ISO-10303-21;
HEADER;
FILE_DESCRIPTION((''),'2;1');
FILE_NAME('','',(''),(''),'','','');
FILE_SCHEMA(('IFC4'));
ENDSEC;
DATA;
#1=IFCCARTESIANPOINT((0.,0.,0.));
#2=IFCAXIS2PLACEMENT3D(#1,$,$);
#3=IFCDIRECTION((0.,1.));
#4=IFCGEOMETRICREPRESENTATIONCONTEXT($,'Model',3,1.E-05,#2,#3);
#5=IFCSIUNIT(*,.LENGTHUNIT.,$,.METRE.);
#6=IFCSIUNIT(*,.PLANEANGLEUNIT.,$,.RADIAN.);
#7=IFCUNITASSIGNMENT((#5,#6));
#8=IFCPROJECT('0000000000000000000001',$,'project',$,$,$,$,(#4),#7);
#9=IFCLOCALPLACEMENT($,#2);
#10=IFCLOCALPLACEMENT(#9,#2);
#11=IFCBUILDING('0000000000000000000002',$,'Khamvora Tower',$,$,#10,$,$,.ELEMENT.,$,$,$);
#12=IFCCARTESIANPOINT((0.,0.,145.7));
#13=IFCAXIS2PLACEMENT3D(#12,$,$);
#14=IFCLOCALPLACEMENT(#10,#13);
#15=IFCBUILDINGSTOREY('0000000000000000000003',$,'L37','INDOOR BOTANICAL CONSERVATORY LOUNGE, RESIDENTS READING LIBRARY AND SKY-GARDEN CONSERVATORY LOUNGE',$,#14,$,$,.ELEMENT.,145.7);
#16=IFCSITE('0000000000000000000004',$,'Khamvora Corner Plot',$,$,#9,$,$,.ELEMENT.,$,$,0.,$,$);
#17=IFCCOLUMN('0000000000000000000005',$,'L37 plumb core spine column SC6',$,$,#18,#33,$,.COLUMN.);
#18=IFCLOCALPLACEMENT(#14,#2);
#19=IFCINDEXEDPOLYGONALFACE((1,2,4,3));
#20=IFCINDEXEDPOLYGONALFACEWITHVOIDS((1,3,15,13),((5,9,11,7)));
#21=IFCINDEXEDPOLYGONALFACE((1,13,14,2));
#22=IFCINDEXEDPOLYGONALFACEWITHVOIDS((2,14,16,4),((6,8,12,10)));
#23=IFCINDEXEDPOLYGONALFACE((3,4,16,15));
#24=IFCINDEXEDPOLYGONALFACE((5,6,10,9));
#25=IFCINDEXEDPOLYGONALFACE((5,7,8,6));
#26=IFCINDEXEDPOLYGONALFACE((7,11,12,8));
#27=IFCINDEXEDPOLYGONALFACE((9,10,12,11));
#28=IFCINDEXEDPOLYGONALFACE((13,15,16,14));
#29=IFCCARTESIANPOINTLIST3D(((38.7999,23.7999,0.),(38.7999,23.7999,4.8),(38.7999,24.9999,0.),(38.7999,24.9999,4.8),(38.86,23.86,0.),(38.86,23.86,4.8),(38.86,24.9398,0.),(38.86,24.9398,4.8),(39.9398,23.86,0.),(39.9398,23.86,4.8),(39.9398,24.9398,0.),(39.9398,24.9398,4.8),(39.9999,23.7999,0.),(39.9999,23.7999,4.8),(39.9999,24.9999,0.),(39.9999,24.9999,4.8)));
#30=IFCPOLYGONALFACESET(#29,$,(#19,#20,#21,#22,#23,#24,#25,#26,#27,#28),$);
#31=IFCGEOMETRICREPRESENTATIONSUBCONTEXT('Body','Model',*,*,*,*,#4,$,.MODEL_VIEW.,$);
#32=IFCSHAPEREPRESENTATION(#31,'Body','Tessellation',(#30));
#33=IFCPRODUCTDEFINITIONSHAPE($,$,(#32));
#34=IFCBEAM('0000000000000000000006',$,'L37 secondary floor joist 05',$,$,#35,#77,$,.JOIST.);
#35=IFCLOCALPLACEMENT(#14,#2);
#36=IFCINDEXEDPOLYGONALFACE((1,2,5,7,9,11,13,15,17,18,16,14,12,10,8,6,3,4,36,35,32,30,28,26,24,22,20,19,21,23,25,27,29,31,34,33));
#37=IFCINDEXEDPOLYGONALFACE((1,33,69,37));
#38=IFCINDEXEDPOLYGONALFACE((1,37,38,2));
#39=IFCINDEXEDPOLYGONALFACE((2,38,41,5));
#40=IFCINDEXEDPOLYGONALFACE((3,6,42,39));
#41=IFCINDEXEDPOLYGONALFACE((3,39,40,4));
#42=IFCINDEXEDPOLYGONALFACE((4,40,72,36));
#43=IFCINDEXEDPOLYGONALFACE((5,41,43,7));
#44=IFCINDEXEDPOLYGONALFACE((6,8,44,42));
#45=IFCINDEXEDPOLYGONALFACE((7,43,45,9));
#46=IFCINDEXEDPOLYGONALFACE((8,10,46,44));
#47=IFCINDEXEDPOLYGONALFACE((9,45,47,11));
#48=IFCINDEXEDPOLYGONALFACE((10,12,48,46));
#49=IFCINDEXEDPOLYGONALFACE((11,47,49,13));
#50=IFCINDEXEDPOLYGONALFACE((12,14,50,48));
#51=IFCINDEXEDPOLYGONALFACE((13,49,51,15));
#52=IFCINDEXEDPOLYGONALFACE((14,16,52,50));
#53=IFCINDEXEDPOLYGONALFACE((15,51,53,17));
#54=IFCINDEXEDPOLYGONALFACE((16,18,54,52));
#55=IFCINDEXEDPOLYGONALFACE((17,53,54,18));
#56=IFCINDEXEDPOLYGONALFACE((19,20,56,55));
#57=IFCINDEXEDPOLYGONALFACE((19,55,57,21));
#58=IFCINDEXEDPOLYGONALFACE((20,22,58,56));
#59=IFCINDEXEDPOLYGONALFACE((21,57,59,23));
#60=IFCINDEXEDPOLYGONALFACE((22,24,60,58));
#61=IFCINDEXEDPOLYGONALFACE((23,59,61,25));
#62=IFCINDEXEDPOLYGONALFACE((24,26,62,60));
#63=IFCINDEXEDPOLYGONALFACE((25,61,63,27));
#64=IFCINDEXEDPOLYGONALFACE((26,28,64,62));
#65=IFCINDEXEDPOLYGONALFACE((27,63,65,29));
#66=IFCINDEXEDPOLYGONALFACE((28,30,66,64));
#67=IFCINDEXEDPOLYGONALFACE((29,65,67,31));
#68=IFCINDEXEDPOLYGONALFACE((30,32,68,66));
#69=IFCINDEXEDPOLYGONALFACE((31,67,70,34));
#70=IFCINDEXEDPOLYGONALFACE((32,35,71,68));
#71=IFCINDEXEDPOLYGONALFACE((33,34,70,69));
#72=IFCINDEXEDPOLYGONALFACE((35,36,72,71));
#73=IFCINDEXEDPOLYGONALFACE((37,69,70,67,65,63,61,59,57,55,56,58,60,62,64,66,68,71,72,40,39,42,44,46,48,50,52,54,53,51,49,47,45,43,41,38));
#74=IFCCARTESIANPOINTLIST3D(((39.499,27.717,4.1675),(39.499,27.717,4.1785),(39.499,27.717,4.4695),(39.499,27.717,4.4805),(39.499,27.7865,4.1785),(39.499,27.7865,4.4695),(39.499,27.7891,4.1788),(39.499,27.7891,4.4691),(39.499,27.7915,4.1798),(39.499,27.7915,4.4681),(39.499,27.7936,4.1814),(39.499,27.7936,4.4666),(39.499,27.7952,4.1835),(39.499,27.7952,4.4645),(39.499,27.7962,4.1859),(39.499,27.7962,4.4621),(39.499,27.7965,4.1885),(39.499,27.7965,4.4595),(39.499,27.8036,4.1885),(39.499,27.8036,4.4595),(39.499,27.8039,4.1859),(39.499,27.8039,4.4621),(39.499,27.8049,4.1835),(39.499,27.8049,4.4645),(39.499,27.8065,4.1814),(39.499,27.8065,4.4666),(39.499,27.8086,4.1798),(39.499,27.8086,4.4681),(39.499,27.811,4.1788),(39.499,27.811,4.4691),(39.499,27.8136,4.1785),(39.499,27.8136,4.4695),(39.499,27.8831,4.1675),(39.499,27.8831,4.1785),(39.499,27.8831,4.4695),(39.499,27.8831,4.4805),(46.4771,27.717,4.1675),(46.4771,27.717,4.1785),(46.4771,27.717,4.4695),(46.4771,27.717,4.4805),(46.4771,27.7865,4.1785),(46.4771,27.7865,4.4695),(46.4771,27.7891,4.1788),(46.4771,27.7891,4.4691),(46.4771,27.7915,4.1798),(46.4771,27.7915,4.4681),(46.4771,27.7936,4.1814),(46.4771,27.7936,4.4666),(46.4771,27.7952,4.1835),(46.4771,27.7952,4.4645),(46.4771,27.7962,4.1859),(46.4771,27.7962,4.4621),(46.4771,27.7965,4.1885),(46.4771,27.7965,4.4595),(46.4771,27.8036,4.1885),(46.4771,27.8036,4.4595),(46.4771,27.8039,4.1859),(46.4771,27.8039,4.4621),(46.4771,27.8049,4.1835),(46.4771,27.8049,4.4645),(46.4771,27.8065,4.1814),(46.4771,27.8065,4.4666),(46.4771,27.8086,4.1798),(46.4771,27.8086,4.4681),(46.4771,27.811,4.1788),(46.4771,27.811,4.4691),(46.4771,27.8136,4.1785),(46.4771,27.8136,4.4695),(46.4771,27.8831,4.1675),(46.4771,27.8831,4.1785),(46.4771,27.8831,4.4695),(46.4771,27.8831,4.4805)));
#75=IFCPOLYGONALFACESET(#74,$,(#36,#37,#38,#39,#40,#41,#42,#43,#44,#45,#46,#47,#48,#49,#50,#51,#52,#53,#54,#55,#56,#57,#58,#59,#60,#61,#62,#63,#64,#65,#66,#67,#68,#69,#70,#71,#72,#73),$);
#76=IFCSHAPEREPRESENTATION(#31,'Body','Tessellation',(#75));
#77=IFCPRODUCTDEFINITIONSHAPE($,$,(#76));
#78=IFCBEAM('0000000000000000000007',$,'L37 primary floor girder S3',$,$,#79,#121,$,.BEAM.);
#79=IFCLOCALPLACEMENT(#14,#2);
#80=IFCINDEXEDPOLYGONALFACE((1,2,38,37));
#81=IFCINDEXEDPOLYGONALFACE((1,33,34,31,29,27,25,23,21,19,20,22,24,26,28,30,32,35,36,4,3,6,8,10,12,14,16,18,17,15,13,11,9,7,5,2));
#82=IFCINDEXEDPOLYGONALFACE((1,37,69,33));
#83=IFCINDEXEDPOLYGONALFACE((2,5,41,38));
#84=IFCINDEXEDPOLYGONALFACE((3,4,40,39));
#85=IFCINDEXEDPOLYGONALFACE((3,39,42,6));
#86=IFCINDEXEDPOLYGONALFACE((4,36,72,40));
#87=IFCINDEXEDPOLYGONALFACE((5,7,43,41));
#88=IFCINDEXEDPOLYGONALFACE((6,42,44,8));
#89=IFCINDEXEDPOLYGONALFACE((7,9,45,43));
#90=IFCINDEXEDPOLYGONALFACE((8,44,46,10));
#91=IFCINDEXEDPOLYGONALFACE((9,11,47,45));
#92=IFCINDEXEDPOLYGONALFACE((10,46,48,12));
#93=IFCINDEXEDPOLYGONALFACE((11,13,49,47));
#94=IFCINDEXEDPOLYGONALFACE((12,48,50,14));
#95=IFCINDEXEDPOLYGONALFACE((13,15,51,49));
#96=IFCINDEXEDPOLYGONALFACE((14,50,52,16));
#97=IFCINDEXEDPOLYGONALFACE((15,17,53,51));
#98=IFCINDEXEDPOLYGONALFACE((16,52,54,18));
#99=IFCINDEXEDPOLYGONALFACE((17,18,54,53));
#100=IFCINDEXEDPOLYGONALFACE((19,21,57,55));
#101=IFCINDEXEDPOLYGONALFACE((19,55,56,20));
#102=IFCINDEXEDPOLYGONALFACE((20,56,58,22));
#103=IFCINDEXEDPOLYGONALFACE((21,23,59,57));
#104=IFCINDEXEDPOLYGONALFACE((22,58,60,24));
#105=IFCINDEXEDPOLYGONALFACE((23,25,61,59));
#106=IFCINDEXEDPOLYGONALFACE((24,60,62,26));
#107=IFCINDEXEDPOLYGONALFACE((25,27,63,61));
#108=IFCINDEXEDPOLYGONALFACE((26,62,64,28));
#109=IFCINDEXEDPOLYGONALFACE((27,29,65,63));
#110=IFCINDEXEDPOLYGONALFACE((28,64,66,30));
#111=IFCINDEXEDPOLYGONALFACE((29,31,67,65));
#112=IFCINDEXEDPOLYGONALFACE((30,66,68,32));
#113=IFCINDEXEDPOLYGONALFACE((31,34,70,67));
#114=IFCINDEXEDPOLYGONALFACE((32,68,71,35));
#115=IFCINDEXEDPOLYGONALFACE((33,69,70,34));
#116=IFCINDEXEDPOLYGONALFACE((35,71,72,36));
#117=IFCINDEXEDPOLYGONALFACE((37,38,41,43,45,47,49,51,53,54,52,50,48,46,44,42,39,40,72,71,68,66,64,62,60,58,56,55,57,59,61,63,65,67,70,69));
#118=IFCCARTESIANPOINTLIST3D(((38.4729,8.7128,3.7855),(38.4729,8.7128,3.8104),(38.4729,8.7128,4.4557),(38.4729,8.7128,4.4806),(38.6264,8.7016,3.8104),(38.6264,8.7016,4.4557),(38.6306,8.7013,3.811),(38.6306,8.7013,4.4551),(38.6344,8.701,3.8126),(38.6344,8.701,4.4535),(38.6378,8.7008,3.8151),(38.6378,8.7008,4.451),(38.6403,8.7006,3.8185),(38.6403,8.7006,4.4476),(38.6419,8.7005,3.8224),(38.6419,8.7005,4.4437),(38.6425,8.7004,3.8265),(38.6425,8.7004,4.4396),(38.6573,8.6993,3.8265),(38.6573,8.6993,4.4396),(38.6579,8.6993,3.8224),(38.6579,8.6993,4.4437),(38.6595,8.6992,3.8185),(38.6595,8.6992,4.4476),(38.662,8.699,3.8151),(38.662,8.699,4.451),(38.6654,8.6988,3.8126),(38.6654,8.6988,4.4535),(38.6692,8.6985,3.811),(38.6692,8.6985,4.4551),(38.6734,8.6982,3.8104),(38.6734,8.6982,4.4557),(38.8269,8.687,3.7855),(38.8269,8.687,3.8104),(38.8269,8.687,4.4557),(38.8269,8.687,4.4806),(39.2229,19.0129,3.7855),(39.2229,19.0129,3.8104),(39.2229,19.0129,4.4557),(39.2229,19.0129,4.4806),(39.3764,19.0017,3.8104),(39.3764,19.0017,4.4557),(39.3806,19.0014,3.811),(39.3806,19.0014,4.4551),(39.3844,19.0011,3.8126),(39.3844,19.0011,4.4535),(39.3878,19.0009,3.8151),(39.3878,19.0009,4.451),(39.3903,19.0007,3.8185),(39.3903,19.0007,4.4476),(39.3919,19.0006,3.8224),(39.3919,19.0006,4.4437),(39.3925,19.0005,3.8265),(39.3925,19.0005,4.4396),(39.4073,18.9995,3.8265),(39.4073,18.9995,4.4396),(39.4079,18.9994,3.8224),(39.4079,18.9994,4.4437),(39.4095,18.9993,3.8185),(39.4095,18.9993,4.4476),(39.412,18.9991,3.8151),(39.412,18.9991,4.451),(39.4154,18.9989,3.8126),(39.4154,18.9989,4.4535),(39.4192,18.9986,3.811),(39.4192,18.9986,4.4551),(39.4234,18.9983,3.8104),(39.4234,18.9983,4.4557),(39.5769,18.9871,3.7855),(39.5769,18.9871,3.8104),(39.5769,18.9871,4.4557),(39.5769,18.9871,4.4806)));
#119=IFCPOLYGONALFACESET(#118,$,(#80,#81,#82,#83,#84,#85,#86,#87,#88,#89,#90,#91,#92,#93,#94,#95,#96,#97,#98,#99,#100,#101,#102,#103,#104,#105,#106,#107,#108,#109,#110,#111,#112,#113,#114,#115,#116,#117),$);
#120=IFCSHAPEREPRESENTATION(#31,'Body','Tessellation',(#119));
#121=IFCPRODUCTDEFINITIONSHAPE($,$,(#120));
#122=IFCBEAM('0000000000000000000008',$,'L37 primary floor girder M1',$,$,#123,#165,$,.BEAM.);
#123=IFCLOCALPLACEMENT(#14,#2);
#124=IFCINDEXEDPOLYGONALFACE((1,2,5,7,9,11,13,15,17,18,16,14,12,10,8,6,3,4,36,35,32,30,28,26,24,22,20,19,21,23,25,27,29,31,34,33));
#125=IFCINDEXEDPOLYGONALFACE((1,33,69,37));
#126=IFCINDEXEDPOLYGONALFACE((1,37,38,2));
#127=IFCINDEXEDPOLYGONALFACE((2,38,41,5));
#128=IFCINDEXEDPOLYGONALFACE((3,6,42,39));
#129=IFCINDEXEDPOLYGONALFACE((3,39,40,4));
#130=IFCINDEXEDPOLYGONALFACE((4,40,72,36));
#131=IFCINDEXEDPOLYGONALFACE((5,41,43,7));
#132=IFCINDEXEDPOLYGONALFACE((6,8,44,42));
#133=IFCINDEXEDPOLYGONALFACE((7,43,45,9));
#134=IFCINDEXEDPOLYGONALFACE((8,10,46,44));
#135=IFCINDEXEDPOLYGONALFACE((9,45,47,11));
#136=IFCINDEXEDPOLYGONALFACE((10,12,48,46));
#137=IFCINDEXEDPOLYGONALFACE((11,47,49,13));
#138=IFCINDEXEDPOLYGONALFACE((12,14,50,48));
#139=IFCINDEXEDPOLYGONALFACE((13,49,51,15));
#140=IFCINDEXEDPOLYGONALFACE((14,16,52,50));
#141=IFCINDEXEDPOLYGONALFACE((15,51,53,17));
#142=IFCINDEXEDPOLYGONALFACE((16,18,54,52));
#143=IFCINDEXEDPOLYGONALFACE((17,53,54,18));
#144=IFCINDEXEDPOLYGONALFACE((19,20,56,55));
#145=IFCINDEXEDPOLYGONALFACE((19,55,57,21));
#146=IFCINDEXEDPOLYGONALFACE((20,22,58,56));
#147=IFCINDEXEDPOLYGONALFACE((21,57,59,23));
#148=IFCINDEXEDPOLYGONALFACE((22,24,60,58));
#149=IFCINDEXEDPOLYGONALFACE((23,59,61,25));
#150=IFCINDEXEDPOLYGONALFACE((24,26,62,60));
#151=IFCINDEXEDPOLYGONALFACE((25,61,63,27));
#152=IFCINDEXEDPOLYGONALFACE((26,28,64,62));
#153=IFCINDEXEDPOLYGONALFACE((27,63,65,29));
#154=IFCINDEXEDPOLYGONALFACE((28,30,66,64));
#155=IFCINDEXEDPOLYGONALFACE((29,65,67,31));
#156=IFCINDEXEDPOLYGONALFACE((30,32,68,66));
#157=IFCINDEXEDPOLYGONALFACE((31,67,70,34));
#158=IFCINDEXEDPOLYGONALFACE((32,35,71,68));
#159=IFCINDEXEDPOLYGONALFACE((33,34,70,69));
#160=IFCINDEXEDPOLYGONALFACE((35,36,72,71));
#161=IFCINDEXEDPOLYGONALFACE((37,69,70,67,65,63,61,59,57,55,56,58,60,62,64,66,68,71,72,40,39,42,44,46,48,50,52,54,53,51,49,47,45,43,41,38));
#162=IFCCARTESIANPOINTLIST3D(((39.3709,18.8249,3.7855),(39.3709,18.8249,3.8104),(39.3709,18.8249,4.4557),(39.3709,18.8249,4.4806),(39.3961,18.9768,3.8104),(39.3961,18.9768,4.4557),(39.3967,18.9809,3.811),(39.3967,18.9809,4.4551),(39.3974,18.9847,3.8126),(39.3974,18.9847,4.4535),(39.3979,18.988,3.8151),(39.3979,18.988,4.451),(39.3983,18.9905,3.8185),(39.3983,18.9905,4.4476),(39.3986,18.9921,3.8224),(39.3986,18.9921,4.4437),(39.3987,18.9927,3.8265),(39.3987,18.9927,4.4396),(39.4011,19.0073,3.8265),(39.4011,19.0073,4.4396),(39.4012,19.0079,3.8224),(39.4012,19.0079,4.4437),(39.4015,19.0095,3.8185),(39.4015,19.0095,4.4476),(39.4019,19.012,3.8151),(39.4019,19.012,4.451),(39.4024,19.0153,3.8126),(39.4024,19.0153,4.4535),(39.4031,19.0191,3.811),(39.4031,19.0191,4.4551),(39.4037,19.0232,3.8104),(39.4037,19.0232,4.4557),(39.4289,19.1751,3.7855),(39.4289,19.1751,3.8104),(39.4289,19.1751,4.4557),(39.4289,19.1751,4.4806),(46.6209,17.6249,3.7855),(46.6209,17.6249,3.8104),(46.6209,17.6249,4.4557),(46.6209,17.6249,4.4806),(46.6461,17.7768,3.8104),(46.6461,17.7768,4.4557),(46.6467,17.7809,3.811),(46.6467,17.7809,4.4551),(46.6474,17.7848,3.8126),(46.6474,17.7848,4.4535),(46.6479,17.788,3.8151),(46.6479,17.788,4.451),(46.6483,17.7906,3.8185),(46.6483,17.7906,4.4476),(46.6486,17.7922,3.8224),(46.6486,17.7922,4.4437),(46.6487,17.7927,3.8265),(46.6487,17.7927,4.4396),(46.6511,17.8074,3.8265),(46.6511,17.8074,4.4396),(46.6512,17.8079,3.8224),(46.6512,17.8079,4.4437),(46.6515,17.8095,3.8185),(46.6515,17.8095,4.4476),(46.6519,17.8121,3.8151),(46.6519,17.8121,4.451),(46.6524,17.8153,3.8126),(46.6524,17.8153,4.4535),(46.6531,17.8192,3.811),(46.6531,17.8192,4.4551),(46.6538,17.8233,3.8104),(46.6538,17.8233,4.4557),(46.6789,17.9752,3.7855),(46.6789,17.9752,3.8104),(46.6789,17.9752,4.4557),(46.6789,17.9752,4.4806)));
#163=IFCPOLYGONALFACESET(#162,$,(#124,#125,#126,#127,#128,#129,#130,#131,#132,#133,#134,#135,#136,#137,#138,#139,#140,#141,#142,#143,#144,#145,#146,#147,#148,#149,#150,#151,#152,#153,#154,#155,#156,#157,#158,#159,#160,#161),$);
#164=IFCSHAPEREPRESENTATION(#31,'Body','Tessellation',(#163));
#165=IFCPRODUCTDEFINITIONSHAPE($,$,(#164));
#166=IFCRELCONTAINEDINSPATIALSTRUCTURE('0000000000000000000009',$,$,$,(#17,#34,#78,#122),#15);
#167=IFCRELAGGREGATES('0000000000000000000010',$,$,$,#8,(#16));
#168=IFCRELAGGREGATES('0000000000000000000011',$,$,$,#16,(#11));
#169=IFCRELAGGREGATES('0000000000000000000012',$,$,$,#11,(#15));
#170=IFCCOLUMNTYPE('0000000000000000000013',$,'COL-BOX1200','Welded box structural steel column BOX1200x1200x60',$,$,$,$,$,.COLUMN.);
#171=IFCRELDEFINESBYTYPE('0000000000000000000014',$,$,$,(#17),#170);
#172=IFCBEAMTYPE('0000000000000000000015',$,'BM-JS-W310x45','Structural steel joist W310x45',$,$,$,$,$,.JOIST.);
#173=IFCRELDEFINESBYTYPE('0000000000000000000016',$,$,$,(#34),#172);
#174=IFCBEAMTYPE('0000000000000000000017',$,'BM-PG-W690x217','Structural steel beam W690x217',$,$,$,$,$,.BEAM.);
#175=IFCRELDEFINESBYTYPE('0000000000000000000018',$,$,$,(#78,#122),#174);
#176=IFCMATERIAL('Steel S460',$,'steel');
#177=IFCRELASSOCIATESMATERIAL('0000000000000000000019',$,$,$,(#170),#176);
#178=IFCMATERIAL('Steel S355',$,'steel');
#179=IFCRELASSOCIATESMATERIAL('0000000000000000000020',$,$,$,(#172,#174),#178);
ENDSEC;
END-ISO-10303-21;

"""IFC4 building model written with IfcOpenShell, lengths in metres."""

from ifc_helpers import new_model, si_unit, direction, frame, origin, origin_2d, place, context, subcontext, project, spatial, hollow_rectangle, i_section, extrude, material, material_profile, profile_set, type_object, element, save


model = new_model("IFC4")

# Units and contexts
model_context = context("Model", 3, precision=1e-05, world=origin(), true_north=direction((0.0, 1.0)))
body_context = subcontext(model_context, "Body", "Model", "MODEL_VIEW")
ifc_project = project(units=[si_unit("LENGTHUNIT", "METRE"), si_unit("PLANEANGLEUNIT", "RADIAN")], contexts=[model_context])

# Site, building, storey
site_placement = place(None, origin())
site = spatial("IfcSite", under=ifc_project, at=site_placement, Name="Khamvora Corner Plot", CompositionType="ELEMENT", RefElevation=0.0)
building_placement = place(site_placement, origin())
building = spatial("IfcBuilding", under=site, at=building_placement, Name="Khamvora Tower", CompositionType="ELEMENT")
storey_placement = place(building_placement, frame((0.0, 0.0, 145.7)))
storey = spatial("IfcBuildingStorey", under=building, at=storey_placement, Name="L37", Description="INDOOR BOTANICAL CONSERVATORY LOUNGE, RESIDENTS READING LIBRARY AND SKY-GARDEN CONSERVATORY LOUNGE", CompositionType="ELEMENT", Elevation=145.7)

# Column
ifc_material_1 = material(Name="Steel S460", Category="steel")
ifc_material_profile_1 = material_profile(ifc_material_1, hollow_rectangle(XDim=1.2, YDim=1.2, WallThickness=0.0601, at=origin_2d()), Name="BOX1200x1200x60")
ifc_profile_set_1 = profile_set([ifc_material_profile_1], Name="Steel S460")
column_type = type_object("IfcColumnType", Name="COL-BOX1200", Description="Welded box structural steel column BOX1200x1200x60", PredefinedType="COLUMN", material=ifc_profile_set_1)
column_placement = place(storey_placement, frame((39.3999, 24.3999, 0.0), z_axis=(0.0, 0.0, 1.0), x_axis=(1.0, 0.0, 0.0)))
element("IfcColumn", 1, at=column_placement, inside=storey, type_object=column_type, Name="L37 plumb core spine column SC6", PredefinedType="COLUMN", context=body_context, shape_type="SweptSolid", body=[
    extrude(hollow_rectangle(XDim=1.2, YDim=1.2, WallThickness=0.0601, at=origin_2d()), origin(), (0.0, 0.0, 1.0), 4.8),
])

# Beams
ifc_material_2 = material(Name="Steel S355", Category="steel")
ifc_material_profile_2 = material_profile(ifc_material_2, i_section(OverallWidth=0.166, OverallDepth=0.313, WebThickness=0.0071, FlangeThickness=0.011, FilletRadius=0.01, at=origin_2d()), Name="W310x45")
ifc_profile_set_2 = profile_set([ifc_material_profile_2], Name="Steel S355")
beam_type_1 = type_object("IfcBeamType", Name="BM-JS-W310x45", Description="Structural steel joist W310x45", PredefinedType="JOIST", material=ifc_profile_set_2)
beam_1_placement = place(storey_placement, frame((39.499, 27.8, 4.324), z_axis=(1.0, 0.0, 0.0), x_axis=(0.0, 1.0, 0.0)))
element("IfcBeam", 2, at=beam_1_placement, inside=storey, type_object=beam_type_1, Name="L37 secondary floor joist 05", PredefinedType="JOIST", context=body_context, shape_type="SweptSolid", body=[
    extrude(i_section(OverallWidth=0.166, OverallDepth=0.313, WebThickness=0.0071, FlangeThickness=0.011, FilletRadius=0.01, at=origin_2d()), origin(), (0.0, 0.0, 1.0), 6.978),
])
ifc_material_profile_3 = material_profile(ifc_material_2, i_section(OverallWidth=0.355, OverallDepth=0.6951, WebThickness=0.0149, FlangeThickness=0.0249, FilletRadius=0.0161, at=origin_2d()), Name="W690x217")
ifc_profile_set_3 = profile_set([ifc_material_profile_3], Name="Steel S355")
beam_type_2 = type_object("IfcBeamType", Name="BM-PG-W690x217", Description="Structural steel beam W690x217", PredefinedType="BEAM", material=ifc_profile_set_3)
beam_2_placement = place(storey_placement, frame((39.3999, 19.0, 4.1331), z_axis=(-0.072623, -0.997359, 0.0), x_axis=(0.997359, -0.072623, 0.0)))
element("IfcBeam", 3, at=beam_2_placement, inside=storey, type_object=beam_type_2, Name="L37 primary floor girder S3", PredefinedType="BEAM", context=body_context, shape_type="SweptSolid", body=[
    extrude(i_section(OverallWidth=0.355, OverallDepth=0.6951, WebThickness=0.0149, FlangeThickness=0.0249, FilletRadius=0.0161, at=origin_2d()), origin(), (0.0, 0.0, 1.0), 10.3274),
])
beam_3_placement = place(storey_placement, frame((39.3999, 19.0, 4.1331), z_axis=(0.986578, -0.163289, 0.0), x_axis=(0.163289, 0.986578, 0.0)))
element("IfcBeam", 4, at=beam_3_placement, inside=storey, type_object=beam_type_2, Name="L37 primary floor girder M1", PredefinedType="BEAM", context=body_context, shape_type="SweptSolid", body=[
    extrude(i_section(OverallWidth=0.355, OverallDepth=0.6951, WebThickness=0.0149, FlangeThickness=0.0249, FilletRadius=0.0161, at=origin_2d()), origin(), (0.0, 0.0, 1.0), 7.3486),
])

save(model, "model.ifc")
